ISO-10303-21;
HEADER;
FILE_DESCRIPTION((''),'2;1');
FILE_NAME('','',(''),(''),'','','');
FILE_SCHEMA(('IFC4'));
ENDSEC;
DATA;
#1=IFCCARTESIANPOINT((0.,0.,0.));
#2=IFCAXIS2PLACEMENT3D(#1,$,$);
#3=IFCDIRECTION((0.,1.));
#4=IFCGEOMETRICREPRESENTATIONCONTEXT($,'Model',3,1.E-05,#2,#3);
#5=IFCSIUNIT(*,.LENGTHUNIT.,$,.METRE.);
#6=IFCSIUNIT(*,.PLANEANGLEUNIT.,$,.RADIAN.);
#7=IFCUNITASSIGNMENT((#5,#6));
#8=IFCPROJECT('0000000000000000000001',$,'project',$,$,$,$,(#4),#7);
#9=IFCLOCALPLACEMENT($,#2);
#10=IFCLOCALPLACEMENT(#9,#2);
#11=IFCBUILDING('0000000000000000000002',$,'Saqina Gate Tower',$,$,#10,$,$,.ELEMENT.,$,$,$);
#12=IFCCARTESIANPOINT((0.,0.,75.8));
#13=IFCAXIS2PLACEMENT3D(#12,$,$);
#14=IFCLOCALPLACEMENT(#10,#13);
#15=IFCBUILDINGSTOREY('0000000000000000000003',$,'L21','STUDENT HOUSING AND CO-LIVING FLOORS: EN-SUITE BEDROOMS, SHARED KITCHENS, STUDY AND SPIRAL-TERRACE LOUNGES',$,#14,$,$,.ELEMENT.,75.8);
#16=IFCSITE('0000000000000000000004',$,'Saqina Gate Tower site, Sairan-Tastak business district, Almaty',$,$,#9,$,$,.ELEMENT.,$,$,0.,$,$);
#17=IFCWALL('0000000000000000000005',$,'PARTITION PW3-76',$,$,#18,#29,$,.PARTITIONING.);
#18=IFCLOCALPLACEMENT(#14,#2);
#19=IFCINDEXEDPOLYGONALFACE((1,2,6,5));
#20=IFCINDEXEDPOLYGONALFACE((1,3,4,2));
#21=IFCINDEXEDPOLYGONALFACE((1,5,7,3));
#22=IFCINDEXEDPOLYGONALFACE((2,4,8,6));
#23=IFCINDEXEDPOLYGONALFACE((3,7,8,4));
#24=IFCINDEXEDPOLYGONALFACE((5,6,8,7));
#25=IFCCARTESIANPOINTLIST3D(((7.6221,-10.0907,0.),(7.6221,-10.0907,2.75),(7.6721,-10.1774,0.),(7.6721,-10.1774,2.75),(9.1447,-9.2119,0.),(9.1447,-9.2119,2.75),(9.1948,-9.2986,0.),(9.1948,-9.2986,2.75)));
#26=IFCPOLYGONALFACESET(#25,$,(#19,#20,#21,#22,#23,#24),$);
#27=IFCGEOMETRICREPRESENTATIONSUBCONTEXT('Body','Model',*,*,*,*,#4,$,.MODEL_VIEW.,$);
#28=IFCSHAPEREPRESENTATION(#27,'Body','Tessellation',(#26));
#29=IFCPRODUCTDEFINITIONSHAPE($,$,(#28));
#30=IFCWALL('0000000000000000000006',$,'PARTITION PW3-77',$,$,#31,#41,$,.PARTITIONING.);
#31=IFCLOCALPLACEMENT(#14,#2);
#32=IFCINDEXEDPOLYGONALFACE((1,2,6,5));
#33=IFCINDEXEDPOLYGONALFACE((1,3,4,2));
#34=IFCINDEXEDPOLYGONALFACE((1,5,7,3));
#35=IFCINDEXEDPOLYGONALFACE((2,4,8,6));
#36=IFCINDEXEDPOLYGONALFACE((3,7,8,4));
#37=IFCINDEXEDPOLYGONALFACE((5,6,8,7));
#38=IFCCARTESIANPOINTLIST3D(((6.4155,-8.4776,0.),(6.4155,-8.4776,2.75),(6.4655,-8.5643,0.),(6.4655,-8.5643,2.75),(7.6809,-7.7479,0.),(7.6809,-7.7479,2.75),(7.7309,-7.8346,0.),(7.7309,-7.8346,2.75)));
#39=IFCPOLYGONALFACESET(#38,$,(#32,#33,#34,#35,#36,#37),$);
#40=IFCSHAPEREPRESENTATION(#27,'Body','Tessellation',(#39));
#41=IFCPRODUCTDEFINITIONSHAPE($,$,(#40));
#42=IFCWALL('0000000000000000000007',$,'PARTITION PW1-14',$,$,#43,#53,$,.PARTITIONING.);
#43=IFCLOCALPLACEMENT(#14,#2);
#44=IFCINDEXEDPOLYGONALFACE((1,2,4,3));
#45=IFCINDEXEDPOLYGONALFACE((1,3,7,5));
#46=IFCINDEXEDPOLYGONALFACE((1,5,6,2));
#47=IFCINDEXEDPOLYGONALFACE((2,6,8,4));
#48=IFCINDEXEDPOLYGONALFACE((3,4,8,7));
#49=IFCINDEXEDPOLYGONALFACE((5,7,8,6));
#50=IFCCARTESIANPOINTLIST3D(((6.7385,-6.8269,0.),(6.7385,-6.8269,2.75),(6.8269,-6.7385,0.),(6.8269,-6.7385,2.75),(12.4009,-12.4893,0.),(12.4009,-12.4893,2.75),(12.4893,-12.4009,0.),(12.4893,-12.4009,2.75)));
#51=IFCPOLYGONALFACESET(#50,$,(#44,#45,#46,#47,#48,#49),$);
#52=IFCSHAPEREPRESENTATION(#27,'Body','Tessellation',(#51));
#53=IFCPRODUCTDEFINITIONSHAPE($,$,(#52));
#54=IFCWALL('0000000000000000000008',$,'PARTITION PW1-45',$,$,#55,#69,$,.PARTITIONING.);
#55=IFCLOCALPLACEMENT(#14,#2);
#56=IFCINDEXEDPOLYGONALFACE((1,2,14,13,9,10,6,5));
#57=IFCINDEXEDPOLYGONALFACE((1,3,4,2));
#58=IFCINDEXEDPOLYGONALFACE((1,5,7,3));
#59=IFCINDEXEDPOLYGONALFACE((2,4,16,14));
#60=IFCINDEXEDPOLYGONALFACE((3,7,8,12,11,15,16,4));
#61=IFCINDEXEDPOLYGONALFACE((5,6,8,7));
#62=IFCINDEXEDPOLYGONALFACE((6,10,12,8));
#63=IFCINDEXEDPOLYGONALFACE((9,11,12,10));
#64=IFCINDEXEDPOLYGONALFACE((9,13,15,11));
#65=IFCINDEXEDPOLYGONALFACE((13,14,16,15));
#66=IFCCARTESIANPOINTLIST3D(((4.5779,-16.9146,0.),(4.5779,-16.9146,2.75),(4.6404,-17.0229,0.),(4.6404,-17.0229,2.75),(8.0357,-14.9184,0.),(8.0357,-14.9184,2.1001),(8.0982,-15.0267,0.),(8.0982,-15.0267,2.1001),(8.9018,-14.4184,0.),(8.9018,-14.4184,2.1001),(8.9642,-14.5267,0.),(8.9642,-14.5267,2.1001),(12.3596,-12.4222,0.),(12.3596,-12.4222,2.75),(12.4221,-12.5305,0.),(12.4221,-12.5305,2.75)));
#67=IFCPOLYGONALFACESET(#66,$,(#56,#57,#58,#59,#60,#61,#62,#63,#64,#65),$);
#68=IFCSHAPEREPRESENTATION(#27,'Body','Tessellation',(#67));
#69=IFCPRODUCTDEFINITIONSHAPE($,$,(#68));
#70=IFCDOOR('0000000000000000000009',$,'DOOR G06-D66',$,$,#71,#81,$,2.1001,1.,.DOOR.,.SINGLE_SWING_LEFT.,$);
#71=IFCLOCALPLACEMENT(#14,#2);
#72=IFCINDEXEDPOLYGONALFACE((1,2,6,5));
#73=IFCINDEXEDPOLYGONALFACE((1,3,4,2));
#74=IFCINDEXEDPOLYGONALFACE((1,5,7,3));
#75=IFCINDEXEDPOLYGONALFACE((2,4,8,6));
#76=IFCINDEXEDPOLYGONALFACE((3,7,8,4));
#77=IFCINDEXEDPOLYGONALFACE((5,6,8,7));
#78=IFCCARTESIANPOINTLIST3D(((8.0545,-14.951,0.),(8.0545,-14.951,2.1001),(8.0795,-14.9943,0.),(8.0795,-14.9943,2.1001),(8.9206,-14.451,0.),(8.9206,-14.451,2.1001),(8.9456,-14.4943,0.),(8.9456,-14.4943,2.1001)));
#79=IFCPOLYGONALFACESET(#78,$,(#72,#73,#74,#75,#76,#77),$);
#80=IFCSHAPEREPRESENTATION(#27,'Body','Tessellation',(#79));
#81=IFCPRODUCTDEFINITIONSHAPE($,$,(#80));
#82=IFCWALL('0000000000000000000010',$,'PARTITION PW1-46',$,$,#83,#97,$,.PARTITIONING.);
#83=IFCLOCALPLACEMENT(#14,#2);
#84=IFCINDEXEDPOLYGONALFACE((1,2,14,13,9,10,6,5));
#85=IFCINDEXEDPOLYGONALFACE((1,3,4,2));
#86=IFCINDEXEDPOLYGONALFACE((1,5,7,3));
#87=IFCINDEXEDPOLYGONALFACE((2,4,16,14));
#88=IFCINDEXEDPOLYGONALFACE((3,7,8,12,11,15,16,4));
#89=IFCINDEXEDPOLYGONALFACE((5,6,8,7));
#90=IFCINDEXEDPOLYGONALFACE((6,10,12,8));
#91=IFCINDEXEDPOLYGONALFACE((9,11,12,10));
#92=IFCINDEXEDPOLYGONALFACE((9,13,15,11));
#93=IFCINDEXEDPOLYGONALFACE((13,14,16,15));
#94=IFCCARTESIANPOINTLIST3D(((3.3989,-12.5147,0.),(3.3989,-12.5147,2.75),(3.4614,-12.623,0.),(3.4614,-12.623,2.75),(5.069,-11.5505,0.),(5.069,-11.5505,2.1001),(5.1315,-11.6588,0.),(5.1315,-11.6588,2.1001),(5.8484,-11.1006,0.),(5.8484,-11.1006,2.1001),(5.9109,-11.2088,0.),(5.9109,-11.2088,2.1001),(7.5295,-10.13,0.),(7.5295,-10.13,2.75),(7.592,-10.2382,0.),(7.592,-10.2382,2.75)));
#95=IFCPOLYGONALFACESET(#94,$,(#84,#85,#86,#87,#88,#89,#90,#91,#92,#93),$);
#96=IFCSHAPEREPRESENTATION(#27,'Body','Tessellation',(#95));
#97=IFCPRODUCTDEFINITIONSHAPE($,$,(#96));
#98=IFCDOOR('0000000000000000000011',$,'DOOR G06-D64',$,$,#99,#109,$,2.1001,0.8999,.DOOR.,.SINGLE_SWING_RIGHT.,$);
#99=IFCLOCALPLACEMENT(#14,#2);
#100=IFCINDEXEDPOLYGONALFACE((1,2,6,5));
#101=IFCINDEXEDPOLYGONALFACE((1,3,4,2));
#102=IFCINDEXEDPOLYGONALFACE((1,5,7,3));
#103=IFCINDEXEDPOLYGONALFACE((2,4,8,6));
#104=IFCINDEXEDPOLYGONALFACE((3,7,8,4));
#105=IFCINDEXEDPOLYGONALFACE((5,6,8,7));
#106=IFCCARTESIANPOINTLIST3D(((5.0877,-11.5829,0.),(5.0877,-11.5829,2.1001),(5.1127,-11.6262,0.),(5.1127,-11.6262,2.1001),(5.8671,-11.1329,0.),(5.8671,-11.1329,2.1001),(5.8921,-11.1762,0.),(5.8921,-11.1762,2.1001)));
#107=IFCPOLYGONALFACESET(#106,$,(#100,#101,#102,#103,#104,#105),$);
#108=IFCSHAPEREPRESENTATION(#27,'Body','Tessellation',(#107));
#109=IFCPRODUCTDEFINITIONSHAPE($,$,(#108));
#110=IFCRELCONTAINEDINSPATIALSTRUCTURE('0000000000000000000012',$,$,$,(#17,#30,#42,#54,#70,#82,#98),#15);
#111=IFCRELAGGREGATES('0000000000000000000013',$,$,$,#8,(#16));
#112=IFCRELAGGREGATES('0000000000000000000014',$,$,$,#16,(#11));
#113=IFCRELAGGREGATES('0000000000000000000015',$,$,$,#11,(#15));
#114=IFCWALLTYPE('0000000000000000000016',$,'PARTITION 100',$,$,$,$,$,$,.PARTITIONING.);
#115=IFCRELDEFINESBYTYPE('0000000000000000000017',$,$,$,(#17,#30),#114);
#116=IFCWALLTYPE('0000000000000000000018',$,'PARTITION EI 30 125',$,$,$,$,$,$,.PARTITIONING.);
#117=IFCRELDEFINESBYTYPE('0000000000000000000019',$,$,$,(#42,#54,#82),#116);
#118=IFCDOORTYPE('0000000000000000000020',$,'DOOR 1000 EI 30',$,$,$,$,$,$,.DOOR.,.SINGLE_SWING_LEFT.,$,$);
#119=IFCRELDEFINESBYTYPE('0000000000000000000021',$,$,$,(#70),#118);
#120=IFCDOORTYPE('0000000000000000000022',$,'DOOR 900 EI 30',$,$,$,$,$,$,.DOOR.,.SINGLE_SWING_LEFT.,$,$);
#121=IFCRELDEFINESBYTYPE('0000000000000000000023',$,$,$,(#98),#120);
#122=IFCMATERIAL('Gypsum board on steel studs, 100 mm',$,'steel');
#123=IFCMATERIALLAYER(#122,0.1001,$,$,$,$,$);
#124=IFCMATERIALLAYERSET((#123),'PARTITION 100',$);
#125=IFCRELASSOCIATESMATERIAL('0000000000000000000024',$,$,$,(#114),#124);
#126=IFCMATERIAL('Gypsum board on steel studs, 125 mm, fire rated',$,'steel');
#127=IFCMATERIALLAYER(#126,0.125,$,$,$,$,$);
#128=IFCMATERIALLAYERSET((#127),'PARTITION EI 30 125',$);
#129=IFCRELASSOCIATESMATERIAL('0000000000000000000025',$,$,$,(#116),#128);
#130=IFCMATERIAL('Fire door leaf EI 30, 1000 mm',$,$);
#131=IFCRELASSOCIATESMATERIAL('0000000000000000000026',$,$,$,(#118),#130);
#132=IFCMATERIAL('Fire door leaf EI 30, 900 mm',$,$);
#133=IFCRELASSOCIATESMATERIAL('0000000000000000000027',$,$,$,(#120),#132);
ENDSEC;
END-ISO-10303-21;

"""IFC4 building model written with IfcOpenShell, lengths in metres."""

from ifc_helpers import new_model, si_unit, direction, frame, frame_2d, origin, place, context, subcontext, project, spatial, rectangle, extrude, material, layer, layer_set, type_object, element, fill, save


model = new_model("IFC4")

# Units and contexts
model_context = context("Model", 3, precision=1e-05, world=origin(), true_north=direction((0.0, 1.0)))
body_context = subcontext(model_context, "Body", "Model", "MODEL_VIEW")
ifc_project = project(units=[si_unit("LENGTHUNIT", "METRE"), si_unit("PLANEANGLEUNIT", "RADIAN")], contexts=[model_context])

# Site, building, storey
site_placement = place(None, origin())
site = spatial("IfcSite", under=ifc_project, at=site_placement, Name="Saqina Gate Tower site, Sairan-Tastak business district, Almaty", CompositionType="ELEMENT", RefElevation=0.0)
building_placement = place(site_placement, origin())
building = spatial("IfcBuilding", under=site, at=building_placement, Name="Saqina Gate Tower", CompositionType="ELEMENT")
storey_placement = place(building_placement, frame((0.0, 0.0, 75.8)))
storey = spatial("IfcBuildingStorey", under=building, at=storey_placement, Name="L21", Description="STUDENT HOUSING AND CO-LIVING FLOORS: EN-SUITE BEDROOMS, SHARED KITCHENS, STUDY AND SPIRAL-TERRACE LOUNGES", CompositionType="ELEMENT", Elevation=75.8)

# Shared definitions
ifc_material_1 = material(Name="Gypsum board on steel studs, 100 mm", Category="steel")
ifc_layer_1 = layer(ifc_material_1, 0.1001)
ifc_layer_set_1 = layer_set([ifc_layer_1], Name="PARTITION 100")
wall_type_1 = type_object("IfcWallType", Name="PARTITION 100", PredefinedType="PARTITIONING", material=ifc_layer_set_1)

# Walls
wall_1_placement = place(storey_placement, frame((7.6472, -10.134, 0.0), z_axis=(0.0, 0.0, 1.0), x_axis=(0.866082, 0.499903, 0.0)))
element("IfcWall", 1, at=wall_1_placement, inside=storey, type_object=wall_type_1, Name="PARTITION PW3-76", PredefinedType="PARTITIONING", context=body_context, shape_type="SweptSolid", body=[
    extrude(rectangle(XDim=1.7581, YDim=0.1001, at=frame_2d((0.8789, 0.0))), origin(), (0.0, 0.0, 1.0), 2.75),
])
wall_2_placement = place(storey_placement, frame((6.4404, -8.521, 0.0), z_axis=(0.0, 0.0, 1.0), x_axis=(0.866272, 0.499573, 0.0)))
element("IfcWall", 2, at=wall_2_placement, inside=storey, type_object=wall_type_1, Name="PARTITION PW3-77", PredefinedType="PARTITIONING", context=body_context, shape_type="SweptSolid", body=[
    extrude(rectangle(XDim=1.4607, YDim=0.1001, at=frame_2d((0.7305, 0.0))), origin(), (0.0, 0.0, 1.0), 2.75),
])
ifc_material_2 = material(Name="Gypsum board on steel studs, 125 mm, fire rated", Category="steel")
ifc_layer_2 = layer(ifc_material_2, 0.125)
ifc_layer_set_2 = layer_set([ifc_layer_2], Name="PARTITION EI 30 125")
wall_type_2 = type_object("IfcWallType", Name="PARTITION EI 30 125", PredefinedType="PARTITIONING", material=ifc_layer_set_2)
wall_3_placement = place(storey_placement, frame((6.7827, -6.7827, 0.0), z_axis=(0.0, 0.0, 1.0), x_axis=(0.707107, -0.707107, 0.0)))
element("IfcWall", 3, at=wall_3_placement, inside=storey, type_object=wall_type_2, Name="PARTITION PW1-14", PredefinedType="PARTITIONING", context=body_context, shape_type="SweptSolid", body=[
    extrude(rectangle(XDim=8.0078, YDim=0.125, at=frame_2d((4.0039, 0.0))), origin(), (0.0, 0.0, 1.0), 2.75),
])

# Walls, openings, doors
wall_4_placement = place(storey_placement, frame((4.6091, -16.9688, 0.0), z_axis=(0.0, 0.0, 1.0), x_axis=(0.866043, 0.49997, 0.0)))
wall_4 = element("IfcWall", 4, at=wall_4_placement, inside=storey, type_object=wall_type_2, Name="PARTITION PW1-45", PredefinedType="PARTITIONING", context=body_context, shape_type="SweptSolid", body=[
    extrude(rectangle(XDim=8.9854, YDim=0.125, at=frame_2d((4.4927, 0.0))), origin(), (0.0, 0.0, 1.0), 2.75),
])
opening_1_placement = place(wall_4_placement, frame((3.9927, 0.0, 0.0)))
opening_1 = element("IfcOpeningElement", 5, at=opening_1_placement, cuts=wall_4, PredefinedType="OPENING", context=body_context, shape_type="SweptSolid", body=[
    extrude(rectangle(XDim=1.0, YDim=2.1001, at=frame_2d((0.5, 1.05))), frame((0.0, 0.0745, 0.0), z_axis=(0.0, -1.0, 0.0), x_axis=(1.0, 0.0, 0.0)), (0.0, 0.0, 1.0), 0.1489),
])
ifc_material_3 = material(Name="Fire door leaf EI 30, 1000 mm")
door_type_1 = type_object("IfcDoorType", Name="DOOR 1000 EI 30", OperationType="SINGLE_SWING_LEFT", PredefinedType="DOOR", material=ifc_material_3)
door_1_placement = place(opening_1_placement, origin())
door_1 = element("IfcDoor", 6, at=door_1_placement, inside=storey, type_object=door_type_1, Name="DOOR G06-D66", OperationType="SINGLE_SWING_LEFT", OverallHeight=2.1001, OverallWidth=1.0, PredefinedType="DOOR", context=body_context, shape_type="SweptSolid", body=[
    extrude(rectangle(XDim=1.0, YDim=2.1001, at=frame_2d((0.5, 1.05))), frame((0.0, 0.0249, 0.0), z_axis=(0.0, -1.0, 0.0), x_axis=(1.0, 0.0, 0.0)), (0.0, 0.0, 1.0), 0.05),
])
fill(opening_1, door_1)
wall_5_placement = place(storey_placement, frame((3.4302, -12.5688, 0.0), z_axis=(0.0, 0.0, 1.0), x_axis=(0.86603, 0.499993, 0.0)))
wall_5 = element("IfcWall", 7, at=wall_5_placement, inside=storey, type_object=wall_type_2, Name="PARTITION PW1-46", PredefinedType="PARTITIONING", context=body_context, shape_type="SweptSolid", body=[
    extrude(rectangle(XDim=4.7695, YDim=0.125, at=frame_2d((2.3848, 0.0))), origin(), (0.0, 0.0, 1.0), 2.75),
])
opening_2_placement = place(wall_5_placement, frame((1.9285, 0.0, 0.0)))
opening_2 = element("IfcOpeningElement", 8, at=opening_2_placement, cuts=wall_5, PredefinedType="OPENING", context=body_context, shape_type="SweptSolid", body=[
    extrude(rectangle(XDim=0.8999, YDim=2.1001, at=frame_2d((0.45, 1.05))), frame((0.0, 0.0745, 0.0), z_axis=(0.0, -1.0, 0.0), x_axis=(1.0, 0.0, 0.0)), (0.0, 0.0, 1.0), 0.1489),
])
ifc_material_4 = material(Name="Fire door leaf EI 30, 900 mm")
door_type_2 = type_object("IfcDoorType", Name="DOOR 900 EI 30", OperationType="SINGLE_SWING_LEFT", PredefinedType="DOOR", material=ifc_material_4)
door_2_placement = place(opening_2_placement, frame((0.8999, 0.0, 0.0), z_axis=(0.0, 0.0, 1.0), x_axis=(-1.0, 0.0, 0.0)))
door_2 = element("IfcDoor", 9, at=door_2_placement, inside=storey, type_object=door_type_2, Name="DOOR G06-D64", OperationType="SINGLE_SWING_RIGHT", OverallHeight=2.1001, OverallWidth=0.8999, PredefinedType="DOOR", context=body_context, shape_type="SweptSolid", body=[
    extrude(rectangle(XDim=0.8999, YDim=2.1001, at=frame_2d((0.45, 1.05))), frame((0.0, 0.0249, 0.0), z_axis=(0.0, -1.0, 0.0), x_axis=(1.0, 0.0, 0.0)), (0.0, 0.0, 1.0), 0.05),
])
fill(opening_2, door_2)

save(model, "model.ifc")
